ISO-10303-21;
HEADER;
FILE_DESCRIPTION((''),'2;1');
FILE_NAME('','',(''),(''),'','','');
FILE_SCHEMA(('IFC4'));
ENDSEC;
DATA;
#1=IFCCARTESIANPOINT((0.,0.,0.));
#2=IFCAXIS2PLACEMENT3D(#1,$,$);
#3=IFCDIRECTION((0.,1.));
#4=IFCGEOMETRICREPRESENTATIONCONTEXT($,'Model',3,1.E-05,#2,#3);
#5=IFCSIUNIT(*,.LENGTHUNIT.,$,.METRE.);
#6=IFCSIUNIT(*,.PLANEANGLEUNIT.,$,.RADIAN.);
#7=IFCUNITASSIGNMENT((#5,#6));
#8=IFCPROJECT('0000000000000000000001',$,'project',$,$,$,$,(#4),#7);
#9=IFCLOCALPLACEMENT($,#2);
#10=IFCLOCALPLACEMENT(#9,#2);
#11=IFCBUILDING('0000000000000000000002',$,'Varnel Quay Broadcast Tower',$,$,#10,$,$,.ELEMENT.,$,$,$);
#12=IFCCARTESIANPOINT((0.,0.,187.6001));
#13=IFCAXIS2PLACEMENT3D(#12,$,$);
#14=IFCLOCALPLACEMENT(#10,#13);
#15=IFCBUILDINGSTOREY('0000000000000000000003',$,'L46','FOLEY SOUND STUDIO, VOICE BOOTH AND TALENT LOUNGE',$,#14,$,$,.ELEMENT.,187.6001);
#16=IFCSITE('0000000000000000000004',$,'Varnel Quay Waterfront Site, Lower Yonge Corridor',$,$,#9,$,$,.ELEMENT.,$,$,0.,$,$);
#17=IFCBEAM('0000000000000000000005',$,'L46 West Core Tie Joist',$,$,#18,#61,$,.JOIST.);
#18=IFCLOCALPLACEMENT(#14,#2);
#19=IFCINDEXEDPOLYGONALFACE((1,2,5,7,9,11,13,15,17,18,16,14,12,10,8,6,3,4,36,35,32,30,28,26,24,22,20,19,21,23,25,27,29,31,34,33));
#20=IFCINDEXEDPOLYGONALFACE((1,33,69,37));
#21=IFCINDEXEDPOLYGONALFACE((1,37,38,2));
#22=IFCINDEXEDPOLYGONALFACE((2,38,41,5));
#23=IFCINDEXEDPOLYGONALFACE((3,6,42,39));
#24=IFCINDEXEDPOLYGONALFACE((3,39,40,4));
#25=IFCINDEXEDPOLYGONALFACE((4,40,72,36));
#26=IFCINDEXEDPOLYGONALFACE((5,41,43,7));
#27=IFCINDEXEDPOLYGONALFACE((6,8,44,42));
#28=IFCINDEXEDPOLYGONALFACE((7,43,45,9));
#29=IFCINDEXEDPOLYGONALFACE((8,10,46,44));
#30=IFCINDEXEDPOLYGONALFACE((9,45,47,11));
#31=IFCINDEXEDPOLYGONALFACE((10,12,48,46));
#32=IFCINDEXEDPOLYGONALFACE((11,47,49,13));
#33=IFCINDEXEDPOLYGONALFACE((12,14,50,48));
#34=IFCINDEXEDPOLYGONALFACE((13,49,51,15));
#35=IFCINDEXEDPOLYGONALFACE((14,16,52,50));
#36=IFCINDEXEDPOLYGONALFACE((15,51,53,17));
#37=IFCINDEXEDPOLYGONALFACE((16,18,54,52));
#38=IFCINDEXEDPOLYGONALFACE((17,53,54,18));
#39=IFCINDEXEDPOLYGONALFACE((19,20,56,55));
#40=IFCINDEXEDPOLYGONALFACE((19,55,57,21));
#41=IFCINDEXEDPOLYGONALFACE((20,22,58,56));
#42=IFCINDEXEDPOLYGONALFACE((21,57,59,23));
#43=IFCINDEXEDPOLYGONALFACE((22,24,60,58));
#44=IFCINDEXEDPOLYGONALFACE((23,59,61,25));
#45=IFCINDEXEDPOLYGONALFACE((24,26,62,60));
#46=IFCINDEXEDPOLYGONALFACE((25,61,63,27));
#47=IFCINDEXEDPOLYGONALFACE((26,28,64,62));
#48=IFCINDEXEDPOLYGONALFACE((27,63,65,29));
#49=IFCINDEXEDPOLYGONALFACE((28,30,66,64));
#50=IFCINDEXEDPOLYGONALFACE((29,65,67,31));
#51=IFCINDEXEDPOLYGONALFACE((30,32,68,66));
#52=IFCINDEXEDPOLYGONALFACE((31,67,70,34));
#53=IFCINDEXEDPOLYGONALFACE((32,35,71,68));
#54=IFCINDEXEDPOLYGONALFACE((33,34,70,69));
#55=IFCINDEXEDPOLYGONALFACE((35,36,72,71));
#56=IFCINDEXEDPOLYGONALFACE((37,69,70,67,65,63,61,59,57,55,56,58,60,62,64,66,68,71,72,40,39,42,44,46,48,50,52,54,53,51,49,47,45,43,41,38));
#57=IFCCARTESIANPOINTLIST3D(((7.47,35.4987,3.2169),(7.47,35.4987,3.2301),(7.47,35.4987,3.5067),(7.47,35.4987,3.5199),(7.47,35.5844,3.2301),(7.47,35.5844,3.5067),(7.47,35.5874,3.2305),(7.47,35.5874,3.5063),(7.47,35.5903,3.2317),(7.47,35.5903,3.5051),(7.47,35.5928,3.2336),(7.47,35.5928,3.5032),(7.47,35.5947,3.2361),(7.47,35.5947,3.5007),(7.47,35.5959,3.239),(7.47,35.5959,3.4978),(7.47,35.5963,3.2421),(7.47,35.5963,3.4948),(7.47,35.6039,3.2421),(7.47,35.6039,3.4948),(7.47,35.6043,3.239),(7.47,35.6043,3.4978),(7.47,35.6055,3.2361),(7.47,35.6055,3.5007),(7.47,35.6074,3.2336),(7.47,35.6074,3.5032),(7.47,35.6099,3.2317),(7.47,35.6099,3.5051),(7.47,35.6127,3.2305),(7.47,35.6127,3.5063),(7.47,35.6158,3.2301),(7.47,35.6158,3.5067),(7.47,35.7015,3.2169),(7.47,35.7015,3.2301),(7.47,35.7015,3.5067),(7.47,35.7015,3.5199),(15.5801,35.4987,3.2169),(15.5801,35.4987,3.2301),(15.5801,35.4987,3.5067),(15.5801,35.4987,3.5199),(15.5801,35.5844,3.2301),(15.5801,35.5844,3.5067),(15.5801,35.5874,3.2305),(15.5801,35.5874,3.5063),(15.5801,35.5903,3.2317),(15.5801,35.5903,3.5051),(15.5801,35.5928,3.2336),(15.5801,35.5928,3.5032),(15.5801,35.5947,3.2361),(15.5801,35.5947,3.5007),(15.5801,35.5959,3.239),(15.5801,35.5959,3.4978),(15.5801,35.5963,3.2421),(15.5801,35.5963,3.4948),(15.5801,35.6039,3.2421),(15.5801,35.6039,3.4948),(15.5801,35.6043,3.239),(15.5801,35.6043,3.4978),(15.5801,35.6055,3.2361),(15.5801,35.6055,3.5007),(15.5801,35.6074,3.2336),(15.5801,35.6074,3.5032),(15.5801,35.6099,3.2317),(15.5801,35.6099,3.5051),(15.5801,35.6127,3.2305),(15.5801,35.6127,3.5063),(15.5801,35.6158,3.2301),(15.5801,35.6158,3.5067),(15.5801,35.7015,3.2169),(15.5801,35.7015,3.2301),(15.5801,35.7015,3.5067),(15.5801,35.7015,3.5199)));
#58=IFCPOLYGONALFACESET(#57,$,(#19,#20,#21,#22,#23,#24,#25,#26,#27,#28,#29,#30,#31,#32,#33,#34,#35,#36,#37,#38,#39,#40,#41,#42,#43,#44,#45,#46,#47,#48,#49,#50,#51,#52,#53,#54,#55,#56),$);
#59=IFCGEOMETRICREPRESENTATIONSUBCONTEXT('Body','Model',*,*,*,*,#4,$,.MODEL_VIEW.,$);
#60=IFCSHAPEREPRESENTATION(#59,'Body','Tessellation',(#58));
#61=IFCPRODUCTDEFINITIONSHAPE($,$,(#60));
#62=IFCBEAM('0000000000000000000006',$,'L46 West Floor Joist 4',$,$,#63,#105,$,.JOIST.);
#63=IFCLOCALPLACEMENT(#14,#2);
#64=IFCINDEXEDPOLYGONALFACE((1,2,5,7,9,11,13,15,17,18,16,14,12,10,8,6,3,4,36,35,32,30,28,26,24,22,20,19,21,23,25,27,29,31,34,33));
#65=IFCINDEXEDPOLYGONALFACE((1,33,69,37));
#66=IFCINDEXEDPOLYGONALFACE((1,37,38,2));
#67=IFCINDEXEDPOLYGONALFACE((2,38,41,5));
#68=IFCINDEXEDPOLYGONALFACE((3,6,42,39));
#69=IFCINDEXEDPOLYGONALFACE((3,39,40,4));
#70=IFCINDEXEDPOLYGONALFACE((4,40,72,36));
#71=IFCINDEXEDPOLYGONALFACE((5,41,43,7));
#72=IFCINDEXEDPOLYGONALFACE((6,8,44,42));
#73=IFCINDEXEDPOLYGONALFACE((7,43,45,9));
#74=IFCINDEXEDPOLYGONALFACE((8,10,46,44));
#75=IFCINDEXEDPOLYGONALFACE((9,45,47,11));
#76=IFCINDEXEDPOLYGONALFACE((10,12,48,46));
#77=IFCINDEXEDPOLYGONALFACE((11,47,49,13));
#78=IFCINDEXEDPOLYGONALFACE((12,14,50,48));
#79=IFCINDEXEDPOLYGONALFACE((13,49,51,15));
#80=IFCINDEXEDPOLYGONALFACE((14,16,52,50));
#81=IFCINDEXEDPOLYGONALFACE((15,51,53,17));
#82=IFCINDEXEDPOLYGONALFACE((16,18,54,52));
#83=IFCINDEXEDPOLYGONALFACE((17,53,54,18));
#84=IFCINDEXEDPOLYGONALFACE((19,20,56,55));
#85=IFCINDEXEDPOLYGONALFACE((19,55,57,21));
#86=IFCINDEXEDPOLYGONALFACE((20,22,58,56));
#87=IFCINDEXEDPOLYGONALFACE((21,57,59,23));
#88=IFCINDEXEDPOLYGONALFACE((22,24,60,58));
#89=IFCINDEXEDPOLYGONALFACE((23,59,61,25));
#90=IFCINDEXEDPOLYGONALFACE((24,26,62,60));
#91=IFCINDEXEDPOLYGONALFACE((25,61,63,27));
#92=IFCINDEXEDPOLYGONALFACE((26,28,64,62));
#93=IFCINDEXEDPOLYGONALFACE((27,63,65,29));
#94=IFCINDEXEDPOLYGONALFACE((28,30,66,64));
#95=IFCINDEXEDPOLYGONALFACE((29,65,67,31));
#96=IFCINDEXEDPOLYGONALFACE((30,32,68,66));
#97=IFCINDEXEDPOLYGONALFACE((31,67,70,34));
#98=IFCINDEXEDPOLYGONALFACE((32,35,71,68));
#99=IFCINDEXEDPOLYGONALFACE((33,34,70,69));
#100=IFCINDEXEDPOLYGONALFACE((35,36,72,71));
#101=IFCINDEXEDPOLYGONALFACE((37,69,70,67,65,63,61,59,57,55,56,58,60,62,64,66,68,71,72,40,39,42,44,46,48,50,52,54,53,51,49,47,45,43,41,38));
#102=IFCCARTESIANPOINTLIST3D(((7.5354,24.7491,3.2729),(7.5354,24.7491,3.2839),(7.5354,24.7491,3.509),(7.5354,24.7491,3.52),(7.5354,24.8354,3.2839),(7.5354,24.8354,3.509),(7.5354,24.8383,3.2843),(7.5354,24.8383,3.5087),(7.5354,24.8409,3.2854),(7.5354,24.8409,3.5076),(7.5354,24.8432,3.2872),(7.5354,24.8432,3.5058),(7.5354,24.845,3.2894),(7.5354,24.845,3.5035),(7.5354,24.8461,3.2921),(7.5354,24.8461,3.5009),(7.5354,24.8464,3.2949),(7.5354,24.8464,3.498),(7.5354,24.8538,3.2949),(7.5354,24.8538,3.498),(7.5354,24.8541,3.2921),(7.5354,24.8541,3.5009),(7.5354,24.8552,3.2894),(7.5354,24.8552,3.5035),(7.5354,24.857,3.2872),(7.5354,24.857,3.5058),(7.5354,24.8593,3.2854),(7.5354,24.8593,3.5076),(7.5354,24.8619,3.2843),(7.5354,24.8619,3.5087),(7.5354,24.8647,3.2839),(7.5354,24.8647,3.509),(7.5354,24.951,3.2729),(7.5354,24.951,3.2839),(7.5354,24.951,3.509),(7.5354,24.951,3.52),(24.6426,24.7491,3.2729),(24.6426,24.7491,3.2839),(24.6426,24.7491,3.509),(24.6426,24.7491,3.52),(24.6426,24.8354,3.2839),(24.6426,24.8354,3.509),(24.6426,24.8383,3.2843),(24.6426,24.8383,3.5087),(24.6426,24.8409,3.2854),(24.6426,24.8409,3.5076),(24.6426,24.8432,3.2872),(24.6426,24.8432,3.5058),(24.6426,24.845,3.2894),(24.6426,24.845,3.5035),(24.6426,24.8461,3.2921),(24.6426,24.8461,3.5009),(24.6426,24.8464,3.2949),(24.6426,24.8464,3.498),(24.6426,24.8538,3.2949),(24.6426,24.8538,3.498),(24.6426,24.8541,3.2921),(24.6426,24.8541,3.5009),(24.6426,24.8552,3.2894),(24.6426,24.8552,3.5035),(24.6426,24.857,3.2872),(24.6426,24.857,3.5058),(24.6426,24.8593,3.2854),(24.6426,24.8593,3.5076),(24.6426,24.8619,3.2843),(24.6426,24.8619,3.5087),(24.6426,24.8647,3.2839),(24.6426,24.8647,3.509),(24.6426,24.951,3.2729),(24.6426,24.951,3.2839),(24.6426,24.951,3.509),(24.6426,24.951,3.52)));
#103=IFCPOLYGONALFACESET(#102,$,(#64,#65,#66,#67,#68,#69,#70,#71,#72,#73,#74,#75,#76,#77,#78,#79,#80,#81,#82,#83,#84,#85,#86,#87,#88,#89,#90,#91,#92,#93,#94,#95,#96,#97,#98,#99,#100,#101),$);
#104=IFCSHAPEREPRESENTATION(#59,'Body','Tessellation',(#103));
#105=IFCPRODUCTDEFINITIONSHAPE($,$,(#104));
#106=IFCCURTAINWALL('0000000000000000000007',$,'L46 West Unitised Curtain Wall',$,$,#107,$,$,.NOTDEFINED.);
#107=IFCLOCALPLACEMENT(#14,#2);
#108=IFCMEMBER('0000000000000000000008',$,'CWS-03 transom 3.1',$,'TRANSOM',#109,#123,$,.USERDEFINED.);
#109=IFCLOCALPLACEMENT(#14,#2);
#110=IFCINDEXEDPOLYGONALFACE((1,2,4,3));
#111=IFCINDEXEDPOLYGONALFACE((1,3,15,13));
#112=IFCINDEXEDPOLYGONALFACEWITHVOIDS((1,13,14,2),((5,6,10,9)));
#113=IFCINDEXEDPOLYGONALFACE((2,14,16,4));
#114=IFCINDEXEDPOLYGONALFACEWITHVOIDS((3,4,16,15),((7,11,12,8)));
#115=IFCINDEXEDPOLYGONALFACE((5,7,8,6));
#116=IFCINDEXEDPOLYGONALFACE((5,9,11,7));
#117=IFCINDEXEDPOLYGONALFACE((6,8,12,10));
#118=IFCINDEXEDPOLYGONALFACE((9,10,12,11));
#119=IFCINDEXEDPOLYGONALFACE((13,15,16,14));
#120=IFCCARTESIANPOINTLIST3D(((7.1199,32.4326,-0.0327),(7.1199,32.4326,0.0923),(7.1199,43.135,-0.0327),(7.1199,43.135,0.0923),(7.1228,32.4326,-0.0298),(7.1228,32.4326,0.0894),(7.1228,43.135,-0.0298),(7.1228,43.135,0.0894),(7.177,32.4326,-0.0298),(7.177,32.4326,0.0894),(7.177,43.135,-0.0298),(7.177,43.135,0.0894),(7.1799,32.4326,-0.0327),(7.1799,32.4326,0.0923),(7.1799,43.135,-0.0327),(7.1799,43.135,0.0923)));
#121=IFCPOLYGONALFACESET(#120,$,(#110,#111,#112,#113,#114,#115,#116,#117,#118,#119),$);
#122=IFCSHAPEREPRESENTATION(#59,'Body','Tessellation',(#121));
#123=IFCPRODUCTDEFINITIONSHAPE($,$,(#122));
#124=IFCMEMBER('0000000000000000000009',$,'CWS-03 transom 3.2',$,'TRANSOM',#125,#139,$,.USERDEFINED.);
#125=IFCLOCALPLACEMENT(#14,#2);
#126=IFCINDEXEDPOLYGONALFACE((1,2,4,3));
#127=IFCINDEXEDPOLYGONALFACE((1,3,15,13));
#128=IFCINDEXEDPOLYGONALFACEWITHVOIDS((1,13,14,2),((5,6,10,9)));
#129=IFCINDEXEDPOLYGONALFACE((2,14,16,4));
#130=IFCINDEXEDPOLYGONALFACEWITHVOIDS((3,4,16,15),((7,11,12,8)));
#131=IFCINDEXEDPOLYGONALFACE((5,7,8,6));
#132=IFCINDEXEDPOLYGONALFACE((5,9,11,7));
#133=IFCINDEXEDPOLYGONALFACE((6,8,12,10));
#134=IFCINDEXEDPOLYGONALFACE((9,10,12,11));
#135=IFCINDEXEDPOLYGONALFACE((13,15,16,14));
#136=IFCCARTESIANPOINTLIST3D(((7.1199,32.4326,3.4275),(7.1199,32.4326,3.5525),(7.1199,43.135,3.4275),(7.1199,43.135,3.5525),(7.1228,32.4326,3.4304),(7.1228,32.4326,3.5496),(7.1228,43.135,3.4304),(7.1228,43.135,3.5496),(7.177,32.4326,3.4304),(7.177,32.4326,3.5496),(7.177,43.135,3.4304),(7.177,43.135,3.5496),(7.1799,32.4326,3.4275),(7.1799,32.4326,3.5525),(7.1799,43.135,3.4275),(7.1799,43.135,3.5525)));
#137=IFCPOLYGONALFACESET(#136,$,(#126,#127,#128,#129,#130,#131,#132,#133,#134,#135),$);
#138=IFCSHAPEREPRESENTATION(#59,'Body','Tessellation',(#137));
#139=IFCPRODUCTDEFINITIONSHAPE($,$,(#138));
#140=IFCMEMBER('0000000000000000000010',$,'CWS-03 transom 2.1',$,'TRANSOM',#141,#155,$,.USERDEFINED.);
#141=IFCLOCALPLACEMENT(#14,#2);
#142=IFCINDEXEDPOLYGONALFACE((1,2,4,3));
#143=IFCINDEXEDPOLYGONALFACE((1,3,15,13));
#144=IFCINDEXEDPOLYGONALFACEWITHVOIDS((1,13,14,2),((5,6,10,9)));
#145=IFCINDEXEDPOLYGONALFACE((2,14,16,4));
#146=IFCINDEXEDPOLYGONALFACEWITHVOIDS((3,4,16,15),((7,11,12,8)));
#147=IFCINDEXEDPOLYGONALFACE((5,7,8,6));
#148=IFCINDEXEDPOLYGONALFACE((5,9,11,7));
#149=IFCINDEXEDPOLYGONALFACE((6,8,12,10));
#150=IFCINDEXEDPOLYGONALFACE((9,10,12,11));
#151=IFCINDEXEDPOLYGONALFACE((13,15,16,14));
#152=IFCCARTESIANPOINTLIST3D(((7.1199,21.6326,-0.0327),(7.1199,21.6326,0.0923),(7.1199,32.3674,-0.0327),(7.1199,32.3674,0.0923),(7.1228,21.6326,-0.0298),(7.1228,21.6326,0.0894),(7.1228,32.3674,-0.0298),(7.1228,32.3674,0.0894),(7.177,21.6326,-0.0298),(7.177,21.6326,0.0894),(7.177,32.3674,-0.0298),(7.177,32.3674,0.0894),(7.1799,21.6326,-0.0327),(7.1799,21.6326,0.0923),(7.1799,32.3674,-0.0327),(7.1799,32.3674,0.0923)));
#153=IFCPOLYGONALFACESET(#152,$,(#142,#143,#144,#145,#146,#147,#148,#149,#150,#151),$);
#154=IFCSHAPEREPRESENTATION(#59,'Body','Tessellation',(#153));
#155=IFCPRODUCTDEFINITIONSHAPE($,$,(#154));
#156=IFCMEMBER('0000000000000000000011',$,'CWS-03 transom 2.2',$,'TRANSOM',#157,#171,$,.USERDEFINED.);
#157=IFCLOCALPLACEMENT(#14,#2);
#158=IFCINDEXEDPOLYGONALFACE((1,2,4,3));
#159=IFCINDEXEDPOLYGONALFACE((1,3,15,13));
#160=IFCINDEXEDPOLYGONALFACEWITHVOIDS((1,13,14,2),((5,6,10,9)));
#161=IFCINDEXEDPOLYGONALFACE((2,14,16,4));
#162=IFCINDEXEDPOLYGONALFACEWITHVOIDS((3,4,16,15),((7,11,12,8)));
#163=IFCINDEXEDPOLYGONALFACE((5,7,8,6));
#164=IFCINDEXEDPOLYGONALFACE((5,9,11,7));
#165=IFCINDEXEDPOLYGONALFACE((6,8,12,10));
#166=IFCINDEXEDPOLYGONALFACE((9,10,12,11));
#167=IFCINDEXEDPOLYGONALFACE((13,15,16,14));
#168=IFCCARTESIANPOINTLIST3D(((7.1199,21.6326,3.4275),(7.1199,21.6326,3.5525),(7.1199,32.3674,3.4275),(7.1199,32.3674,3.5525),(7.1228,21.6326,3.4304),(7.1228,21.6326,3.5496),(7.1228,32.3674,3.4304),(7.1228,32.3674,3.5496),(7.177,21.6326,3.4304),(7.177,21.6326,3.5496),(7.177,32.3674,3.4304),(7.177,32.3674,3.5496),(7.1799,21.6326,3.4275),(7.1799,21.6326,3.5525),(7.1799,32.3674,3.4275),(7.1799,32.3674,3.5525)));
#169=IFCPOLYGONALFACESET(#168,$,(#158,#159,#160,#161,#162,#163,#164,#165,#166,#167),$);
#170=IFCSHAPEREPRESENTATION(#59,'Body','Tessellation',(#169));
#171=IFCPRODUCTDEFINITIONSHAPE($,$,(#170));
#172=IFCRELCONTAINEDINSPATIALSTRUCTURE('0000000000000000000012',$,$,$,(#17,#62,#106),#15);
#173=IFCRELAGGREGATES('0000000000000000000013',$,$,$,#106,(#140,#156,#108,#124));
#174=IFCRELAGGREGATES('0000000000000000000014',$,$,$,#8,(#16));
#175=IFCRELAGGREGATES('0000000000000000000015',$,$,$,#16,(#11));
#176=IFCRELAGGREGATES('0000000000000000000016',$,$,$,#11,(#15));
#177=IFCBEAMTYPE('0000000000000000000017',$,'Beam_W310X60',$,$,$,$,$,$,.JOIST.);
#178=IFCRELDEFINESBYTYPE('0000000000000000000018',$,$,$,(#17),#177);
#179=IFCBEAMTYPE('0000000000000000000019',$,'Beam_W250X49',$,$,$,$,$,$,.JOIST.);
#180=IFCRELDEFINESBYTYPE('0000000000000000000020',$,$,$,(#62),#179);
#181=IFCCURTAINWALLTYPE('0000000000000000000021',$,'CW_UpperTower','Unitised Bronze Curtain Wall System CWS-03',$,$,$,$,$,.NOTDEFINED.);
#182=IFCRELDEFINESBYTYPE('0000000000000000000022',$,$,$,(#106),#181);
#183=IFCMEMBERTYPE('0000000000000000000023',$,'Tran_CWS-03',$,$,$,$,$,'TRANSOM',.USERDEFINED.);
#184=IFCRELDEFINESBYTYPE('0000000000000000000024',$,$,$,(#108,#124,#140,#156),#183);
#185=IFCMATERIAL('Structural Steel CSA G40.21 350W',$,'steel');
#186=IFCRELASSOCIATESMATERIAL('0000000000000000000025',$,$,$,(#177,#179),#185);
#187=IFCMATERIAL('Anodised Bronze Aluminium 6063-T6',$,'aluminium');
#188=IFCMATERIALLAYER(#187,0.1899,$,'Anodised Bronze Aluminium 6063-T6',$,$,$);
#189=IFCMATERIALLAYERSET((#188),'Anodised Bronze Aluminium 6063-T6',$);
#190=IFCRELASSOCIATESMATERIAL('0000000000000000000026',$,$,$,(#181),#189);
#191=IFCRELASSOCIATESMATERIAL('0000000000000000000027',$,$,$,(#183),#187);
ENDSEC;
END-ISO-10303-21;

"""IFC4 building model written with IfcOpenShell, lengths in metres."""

from ifc_helpers import new_model, si_unit, direction, frame, origin, origin_2d, place, context, subcontext, project, spatial, hollow_rectangle, i_section, extrude, source, transform, mapped, material, layer, layer_set, material_profile, profile_set, type_object, type_shapes, element, aggregate, save


model = new_model("IFC4")

# Units and contexts
model_context = context("Model", 3, precision=1e-05, world=origin(), true_north=direction((0.0, 1.0)))
body_context = subcontext(model_context, "Body", "Model", "MODEL_VIEW")
ifc_project = project(units=[si_unit("LENGTHUNIT", "METRE"), si_unit("PLANEANGLEUNIT", "RADIAN")], contexts=[model_context])

# Site, building, storey
site_placement = place(None, origin())
site = spatial("IfcSite", under=ifc_project, at=site_placement, Name="Varnel Quay Waterfront Site, Lower Yonge Corridor", CompositionType="ELEMENT", RefElevation=0.0)
building_placement = place(site_placement, origin())
building = spatial("IfcBuilding", under=site, at=building_placement, Name="Varnel Quay Broadcast Tower", CompositionType="ELEMENT")
storey_placement = place(building_placement, frame((0.0, 0.0, 187.6001)))
storey = spatial("IfcBuildingStorey", under=building, at=storey_placement, Name="L46", Description="FOLEY SOUND STUDIO, VOICE BOOTH AND TALENT LOUNGE", CompositionType="ELEMENT", Elevation=187.6001)

# Shared definitions
ifc_material_1 = material(Name="Structural Steel CSA G40.21 350W", Category="steel")

# Beams
ifc_material_profile_1 = material_profile(ifc_material_1, i_section(OverallWidth=0.2029, OverallDepth=0.303, WebThickness=0.0076, FlangeThickness=0.0132, FilletRadius=0.012, at=origin_2d()), Name="W310X60")
ifc_profile_set_1 = profile_set([ifc_material_profile_1], Name="Structural Steel CSA G40.21 350W")
beam_type_1 = type_object("IfcBeamType", Name="Beam_W310X60", PredefinedType="JOIST", material=ifc_profile_set_1)
shared_shape_1 = source(origin(), body_context, "Body", "SweptSolid", [
    extrude(i_section(OverallWidth=0.2029, OverallDepth=0.303, WebThickness=0.0076, FlangeThickness=0.0132, FilletRadius=0.012, at=origin_2d()), origin(), (0.0, 0.0, 1.0), 8.1101),
])
type_shapes(beam_type_1, [shared_shape_1])
beam_1_placement = place(storey_placement, frame((7.47, 35.6001, 3.3684), z_axis=(1.0, 0.0, 0.0), x_axis=(0.0, 1.0, 0.0)))
element("IfcBeam", 1, at=beam_1_placement, inside=storey, type_object=beam_type_1, Name="L46 West Core Tie Joist", PredefinedType="JOIST", context=body_context, shape_type="MappedRepresentation", body=[
    mapped(shared_shape_1, transform((0.0, 0.0, 0.0), x_axis=(1.0, 0.0, 0.0), y_axis=(0.0, 1.0, 0.0), z_axis=(0.0, 0.0, 1.0), scale=1.0)),
])
ifc_material_profile_2 = material_profile(ifc_material_1, i_section(OverallWidth=0.2019, OverallDepth=0.2471, WebThickness=0.0073, FlangeThickness=0.011, FilletRadius=0.011, at=origin_2d()), Name="W250X49")
ifc_profile_set_2 = profile_set([ifc_material_profile_2], Name="Structural Steel CSA G40.21 350W")
beam_type_2 = type_object("IfcBeamType", Name="Beam_W250X49", PredefinedType="JOIST", material=ifc_profile_set_2)
shared_shape_2 = source(origin(), body_context, "Body", "SweptSolid", [
    extrude(i_section(OverallWidth=0.2019, OverallDepth=0.2471, WebThickness=0.0073, FlangeThickness=0.011, FilletRadius=0.011, at=origin_2d()), origin(), (0.0, 0.0, 1.0), 17.1072),
])
type_shapes(beam_type_2, [shared_shape_2])
beam_2_placement = place(storey_placement, frame((7.5354, 24.8501, 3.3965), z_axis=(1.0, 0.0, 0.0), x_axis=(0.0, 1.0, 0.0)))
element("IfcBeam", 2, at=beam_2_placement, inside=storey, type_object=beam_type_2, Name="L46 West Floor Joist 4", PredefinedType="JOIST", context=body_context, shape_type="MappedRepresentation", body=[
    mapped(shared_shape_2, transform((0.0, 0.0, 0.0), x_axis=(1.0, 0.0, 0.0), y_axis=(0.0, 1.0, 0.0), z_axis=(0.0, 0.0, 1.0), scale=1.0)),
])

# Curtain wall, members
ifc_material_2 = material(Name="Anodised Bronze Aluminium 6063-T6", Category="aluminium")
ifc_layer_1 = layer(ifc_material_2, 0.1899, Name="Anodised Bronze Aluminium 6063-T6")
ifc_layer_set_1 = layer_set([ifc_layer_1], Name="Anodised Bronze Aluminium 6063-T6")
curtain_wall_type = type_object("IfcCurtainWallType", Name="CW_UpperTower", Description="Unitised Bronze Curtain Wall System CWS-03", PredefinedType="NOTDEFINED", material=ifc_layer_set_1)
curtain_wall_placement = place(storey_placement, origin())
curtain_wall = element("IfcCurtainWall", 3, at=curtain_wall_placement, inside=storey, type_object=curtain_wall_type, Name="L46 West Unitised Curtain Wall", PredefinedType="NOTDEFINED")
ifc_material_profile_3 = material_profile(ifc_material_2, hollow_rectangle(XDim=0.0601, YDim=0.125, WallThickness=0.0029, at=origin_2d()), Name="ALU60X125X3")
ifc_profile_set_3 = profile_set([ifc_material_profile_3], Name="Anodised Bronze Aluminium 6063-T6")
member_type_1 = type_object("IfcMemberType", Name="Tran_CWS-03", ElementType="TRANSOM", PredefinedType="USERDEFINED", material=ifc_profile_set_3)
shared_shape_3 = source(origin(), body_context, "Body", "SweptSolid", [
    extrude(hollow_rectangle(XDim=0.0601, YDim=0.125, WallThickness=0.0029, at=origin_2d()), origin(), (0.0, 0.0, 1.0), 10.7024),
])
member_1_placement = place(storey_placement, frame((7.1499, 32.4326, 0.0298), z_axis=(0.0, 1.0, 0.0), x_axis=(-1.0, 0.0, 0.0)))
member_1 = element("IfcMember", 4, at=member_1_placement, type_object=member_type_1, Name="CWS-03 transom 3.1", ObjectType="TRANSOM", PredefinedType="USERDEFINED", context=body_context, shape_type="MappedRepresentation", body=[
    mapped(shared_shape_3, transform((0.0, 0.0, 0.0), x_axis=(1.0, 0.0, 0.0), y_axis=(0.0, 1.0, 0.0), z_axis=(0.0, 0.0, 1.0), scale=1.0)),
])
member_2_placement = place(storey_placement, frame((7.1499, 32.4326, 3.49), z_axis=(0.0, 1.0, 0.0), x_axis=(-1.0, 0.0, 0.0)))
member_2 = element("IfcMember", 5, at=member_2_placement, type_object=member_type_1, Name="CWS-03 transom 3.2", ObjectType="TRANSOM", PredefinedType="USERDEFINED", context=body_context, shape_type="MappedRepresentation", body=[
    mapped(shared_shape_3, transform((0.0, 0.0, 0.0), x_axis=(1.0, 0.0, 0.0), y_axis=(0.0, 1.0, 0.0), z_axis=(0.0, 0.0, 1.0), scale=1.0)),
])
shared_shape_4 = source(origin(), body_context, "Body", "SweptSolid", [
    extrude(hollow_rectangle(XDim=0.0601, YDim=0.125, WallThickness=0.0029, at=origin_2d()), origin(), (0.0, 0.0, 1.0), 10.7349),
])
type_shapes(member_type_1, [shared_shape_3, shared_shape_4])
member_3_placement = place(storey_placement, frame((7.1499, 21.6326, 0.0298), z_axis=(0.0, 1.0, 0.0), x_axis=(-1.0, 0.0, 0.0)))
member_3 = element("IfcMember", 6, at=member_3_placement, type_object=member_type_1, Name="CWS-03 transom 2.1", ObjectType="TRANSOM", PredefinedType="USERDEFINED", context=body_context, shape_type="MappedRepresentation", body=[
    mapped(shared_shape_4, transform((0.0, 0.0, 0.0), x_axis=(1.0, 0.0, 0.0), y_axis=(0.0, 1.0, 0.0), z_axis=(0.0, 0.0, 1.0), scale=1.0)),
])
member_4_placement = place(storey_placement, frame((7.1499, 21.6326, 3.49), z_axis=(0.0, 1.0, 0.0), x_axis=(-1.0, 0.0, 0.0)))
member_4 = element("IfcMember", 7, at=member_4_placement, type_object=member_type_1, Name="CWS-03 transom 2.2", ObjectType="TRANSOM", PredefinedType="USERDEFINED", context=body_context, shape_type="MappedRepresentation", body=[
    mapped(shared_shape_4, transform((0.0, 0.0, 0.0), x_axis=(1.0, 0.0, 0.0), y_axis=(0.0, 1.0, 0.0), z_axis=(0.0, 0.0, 1.0), scale=1.0)),
])

aggregate(curtain_wall, [member_3, member_4, member_1, member_2])

save(model, "model.ifc")
